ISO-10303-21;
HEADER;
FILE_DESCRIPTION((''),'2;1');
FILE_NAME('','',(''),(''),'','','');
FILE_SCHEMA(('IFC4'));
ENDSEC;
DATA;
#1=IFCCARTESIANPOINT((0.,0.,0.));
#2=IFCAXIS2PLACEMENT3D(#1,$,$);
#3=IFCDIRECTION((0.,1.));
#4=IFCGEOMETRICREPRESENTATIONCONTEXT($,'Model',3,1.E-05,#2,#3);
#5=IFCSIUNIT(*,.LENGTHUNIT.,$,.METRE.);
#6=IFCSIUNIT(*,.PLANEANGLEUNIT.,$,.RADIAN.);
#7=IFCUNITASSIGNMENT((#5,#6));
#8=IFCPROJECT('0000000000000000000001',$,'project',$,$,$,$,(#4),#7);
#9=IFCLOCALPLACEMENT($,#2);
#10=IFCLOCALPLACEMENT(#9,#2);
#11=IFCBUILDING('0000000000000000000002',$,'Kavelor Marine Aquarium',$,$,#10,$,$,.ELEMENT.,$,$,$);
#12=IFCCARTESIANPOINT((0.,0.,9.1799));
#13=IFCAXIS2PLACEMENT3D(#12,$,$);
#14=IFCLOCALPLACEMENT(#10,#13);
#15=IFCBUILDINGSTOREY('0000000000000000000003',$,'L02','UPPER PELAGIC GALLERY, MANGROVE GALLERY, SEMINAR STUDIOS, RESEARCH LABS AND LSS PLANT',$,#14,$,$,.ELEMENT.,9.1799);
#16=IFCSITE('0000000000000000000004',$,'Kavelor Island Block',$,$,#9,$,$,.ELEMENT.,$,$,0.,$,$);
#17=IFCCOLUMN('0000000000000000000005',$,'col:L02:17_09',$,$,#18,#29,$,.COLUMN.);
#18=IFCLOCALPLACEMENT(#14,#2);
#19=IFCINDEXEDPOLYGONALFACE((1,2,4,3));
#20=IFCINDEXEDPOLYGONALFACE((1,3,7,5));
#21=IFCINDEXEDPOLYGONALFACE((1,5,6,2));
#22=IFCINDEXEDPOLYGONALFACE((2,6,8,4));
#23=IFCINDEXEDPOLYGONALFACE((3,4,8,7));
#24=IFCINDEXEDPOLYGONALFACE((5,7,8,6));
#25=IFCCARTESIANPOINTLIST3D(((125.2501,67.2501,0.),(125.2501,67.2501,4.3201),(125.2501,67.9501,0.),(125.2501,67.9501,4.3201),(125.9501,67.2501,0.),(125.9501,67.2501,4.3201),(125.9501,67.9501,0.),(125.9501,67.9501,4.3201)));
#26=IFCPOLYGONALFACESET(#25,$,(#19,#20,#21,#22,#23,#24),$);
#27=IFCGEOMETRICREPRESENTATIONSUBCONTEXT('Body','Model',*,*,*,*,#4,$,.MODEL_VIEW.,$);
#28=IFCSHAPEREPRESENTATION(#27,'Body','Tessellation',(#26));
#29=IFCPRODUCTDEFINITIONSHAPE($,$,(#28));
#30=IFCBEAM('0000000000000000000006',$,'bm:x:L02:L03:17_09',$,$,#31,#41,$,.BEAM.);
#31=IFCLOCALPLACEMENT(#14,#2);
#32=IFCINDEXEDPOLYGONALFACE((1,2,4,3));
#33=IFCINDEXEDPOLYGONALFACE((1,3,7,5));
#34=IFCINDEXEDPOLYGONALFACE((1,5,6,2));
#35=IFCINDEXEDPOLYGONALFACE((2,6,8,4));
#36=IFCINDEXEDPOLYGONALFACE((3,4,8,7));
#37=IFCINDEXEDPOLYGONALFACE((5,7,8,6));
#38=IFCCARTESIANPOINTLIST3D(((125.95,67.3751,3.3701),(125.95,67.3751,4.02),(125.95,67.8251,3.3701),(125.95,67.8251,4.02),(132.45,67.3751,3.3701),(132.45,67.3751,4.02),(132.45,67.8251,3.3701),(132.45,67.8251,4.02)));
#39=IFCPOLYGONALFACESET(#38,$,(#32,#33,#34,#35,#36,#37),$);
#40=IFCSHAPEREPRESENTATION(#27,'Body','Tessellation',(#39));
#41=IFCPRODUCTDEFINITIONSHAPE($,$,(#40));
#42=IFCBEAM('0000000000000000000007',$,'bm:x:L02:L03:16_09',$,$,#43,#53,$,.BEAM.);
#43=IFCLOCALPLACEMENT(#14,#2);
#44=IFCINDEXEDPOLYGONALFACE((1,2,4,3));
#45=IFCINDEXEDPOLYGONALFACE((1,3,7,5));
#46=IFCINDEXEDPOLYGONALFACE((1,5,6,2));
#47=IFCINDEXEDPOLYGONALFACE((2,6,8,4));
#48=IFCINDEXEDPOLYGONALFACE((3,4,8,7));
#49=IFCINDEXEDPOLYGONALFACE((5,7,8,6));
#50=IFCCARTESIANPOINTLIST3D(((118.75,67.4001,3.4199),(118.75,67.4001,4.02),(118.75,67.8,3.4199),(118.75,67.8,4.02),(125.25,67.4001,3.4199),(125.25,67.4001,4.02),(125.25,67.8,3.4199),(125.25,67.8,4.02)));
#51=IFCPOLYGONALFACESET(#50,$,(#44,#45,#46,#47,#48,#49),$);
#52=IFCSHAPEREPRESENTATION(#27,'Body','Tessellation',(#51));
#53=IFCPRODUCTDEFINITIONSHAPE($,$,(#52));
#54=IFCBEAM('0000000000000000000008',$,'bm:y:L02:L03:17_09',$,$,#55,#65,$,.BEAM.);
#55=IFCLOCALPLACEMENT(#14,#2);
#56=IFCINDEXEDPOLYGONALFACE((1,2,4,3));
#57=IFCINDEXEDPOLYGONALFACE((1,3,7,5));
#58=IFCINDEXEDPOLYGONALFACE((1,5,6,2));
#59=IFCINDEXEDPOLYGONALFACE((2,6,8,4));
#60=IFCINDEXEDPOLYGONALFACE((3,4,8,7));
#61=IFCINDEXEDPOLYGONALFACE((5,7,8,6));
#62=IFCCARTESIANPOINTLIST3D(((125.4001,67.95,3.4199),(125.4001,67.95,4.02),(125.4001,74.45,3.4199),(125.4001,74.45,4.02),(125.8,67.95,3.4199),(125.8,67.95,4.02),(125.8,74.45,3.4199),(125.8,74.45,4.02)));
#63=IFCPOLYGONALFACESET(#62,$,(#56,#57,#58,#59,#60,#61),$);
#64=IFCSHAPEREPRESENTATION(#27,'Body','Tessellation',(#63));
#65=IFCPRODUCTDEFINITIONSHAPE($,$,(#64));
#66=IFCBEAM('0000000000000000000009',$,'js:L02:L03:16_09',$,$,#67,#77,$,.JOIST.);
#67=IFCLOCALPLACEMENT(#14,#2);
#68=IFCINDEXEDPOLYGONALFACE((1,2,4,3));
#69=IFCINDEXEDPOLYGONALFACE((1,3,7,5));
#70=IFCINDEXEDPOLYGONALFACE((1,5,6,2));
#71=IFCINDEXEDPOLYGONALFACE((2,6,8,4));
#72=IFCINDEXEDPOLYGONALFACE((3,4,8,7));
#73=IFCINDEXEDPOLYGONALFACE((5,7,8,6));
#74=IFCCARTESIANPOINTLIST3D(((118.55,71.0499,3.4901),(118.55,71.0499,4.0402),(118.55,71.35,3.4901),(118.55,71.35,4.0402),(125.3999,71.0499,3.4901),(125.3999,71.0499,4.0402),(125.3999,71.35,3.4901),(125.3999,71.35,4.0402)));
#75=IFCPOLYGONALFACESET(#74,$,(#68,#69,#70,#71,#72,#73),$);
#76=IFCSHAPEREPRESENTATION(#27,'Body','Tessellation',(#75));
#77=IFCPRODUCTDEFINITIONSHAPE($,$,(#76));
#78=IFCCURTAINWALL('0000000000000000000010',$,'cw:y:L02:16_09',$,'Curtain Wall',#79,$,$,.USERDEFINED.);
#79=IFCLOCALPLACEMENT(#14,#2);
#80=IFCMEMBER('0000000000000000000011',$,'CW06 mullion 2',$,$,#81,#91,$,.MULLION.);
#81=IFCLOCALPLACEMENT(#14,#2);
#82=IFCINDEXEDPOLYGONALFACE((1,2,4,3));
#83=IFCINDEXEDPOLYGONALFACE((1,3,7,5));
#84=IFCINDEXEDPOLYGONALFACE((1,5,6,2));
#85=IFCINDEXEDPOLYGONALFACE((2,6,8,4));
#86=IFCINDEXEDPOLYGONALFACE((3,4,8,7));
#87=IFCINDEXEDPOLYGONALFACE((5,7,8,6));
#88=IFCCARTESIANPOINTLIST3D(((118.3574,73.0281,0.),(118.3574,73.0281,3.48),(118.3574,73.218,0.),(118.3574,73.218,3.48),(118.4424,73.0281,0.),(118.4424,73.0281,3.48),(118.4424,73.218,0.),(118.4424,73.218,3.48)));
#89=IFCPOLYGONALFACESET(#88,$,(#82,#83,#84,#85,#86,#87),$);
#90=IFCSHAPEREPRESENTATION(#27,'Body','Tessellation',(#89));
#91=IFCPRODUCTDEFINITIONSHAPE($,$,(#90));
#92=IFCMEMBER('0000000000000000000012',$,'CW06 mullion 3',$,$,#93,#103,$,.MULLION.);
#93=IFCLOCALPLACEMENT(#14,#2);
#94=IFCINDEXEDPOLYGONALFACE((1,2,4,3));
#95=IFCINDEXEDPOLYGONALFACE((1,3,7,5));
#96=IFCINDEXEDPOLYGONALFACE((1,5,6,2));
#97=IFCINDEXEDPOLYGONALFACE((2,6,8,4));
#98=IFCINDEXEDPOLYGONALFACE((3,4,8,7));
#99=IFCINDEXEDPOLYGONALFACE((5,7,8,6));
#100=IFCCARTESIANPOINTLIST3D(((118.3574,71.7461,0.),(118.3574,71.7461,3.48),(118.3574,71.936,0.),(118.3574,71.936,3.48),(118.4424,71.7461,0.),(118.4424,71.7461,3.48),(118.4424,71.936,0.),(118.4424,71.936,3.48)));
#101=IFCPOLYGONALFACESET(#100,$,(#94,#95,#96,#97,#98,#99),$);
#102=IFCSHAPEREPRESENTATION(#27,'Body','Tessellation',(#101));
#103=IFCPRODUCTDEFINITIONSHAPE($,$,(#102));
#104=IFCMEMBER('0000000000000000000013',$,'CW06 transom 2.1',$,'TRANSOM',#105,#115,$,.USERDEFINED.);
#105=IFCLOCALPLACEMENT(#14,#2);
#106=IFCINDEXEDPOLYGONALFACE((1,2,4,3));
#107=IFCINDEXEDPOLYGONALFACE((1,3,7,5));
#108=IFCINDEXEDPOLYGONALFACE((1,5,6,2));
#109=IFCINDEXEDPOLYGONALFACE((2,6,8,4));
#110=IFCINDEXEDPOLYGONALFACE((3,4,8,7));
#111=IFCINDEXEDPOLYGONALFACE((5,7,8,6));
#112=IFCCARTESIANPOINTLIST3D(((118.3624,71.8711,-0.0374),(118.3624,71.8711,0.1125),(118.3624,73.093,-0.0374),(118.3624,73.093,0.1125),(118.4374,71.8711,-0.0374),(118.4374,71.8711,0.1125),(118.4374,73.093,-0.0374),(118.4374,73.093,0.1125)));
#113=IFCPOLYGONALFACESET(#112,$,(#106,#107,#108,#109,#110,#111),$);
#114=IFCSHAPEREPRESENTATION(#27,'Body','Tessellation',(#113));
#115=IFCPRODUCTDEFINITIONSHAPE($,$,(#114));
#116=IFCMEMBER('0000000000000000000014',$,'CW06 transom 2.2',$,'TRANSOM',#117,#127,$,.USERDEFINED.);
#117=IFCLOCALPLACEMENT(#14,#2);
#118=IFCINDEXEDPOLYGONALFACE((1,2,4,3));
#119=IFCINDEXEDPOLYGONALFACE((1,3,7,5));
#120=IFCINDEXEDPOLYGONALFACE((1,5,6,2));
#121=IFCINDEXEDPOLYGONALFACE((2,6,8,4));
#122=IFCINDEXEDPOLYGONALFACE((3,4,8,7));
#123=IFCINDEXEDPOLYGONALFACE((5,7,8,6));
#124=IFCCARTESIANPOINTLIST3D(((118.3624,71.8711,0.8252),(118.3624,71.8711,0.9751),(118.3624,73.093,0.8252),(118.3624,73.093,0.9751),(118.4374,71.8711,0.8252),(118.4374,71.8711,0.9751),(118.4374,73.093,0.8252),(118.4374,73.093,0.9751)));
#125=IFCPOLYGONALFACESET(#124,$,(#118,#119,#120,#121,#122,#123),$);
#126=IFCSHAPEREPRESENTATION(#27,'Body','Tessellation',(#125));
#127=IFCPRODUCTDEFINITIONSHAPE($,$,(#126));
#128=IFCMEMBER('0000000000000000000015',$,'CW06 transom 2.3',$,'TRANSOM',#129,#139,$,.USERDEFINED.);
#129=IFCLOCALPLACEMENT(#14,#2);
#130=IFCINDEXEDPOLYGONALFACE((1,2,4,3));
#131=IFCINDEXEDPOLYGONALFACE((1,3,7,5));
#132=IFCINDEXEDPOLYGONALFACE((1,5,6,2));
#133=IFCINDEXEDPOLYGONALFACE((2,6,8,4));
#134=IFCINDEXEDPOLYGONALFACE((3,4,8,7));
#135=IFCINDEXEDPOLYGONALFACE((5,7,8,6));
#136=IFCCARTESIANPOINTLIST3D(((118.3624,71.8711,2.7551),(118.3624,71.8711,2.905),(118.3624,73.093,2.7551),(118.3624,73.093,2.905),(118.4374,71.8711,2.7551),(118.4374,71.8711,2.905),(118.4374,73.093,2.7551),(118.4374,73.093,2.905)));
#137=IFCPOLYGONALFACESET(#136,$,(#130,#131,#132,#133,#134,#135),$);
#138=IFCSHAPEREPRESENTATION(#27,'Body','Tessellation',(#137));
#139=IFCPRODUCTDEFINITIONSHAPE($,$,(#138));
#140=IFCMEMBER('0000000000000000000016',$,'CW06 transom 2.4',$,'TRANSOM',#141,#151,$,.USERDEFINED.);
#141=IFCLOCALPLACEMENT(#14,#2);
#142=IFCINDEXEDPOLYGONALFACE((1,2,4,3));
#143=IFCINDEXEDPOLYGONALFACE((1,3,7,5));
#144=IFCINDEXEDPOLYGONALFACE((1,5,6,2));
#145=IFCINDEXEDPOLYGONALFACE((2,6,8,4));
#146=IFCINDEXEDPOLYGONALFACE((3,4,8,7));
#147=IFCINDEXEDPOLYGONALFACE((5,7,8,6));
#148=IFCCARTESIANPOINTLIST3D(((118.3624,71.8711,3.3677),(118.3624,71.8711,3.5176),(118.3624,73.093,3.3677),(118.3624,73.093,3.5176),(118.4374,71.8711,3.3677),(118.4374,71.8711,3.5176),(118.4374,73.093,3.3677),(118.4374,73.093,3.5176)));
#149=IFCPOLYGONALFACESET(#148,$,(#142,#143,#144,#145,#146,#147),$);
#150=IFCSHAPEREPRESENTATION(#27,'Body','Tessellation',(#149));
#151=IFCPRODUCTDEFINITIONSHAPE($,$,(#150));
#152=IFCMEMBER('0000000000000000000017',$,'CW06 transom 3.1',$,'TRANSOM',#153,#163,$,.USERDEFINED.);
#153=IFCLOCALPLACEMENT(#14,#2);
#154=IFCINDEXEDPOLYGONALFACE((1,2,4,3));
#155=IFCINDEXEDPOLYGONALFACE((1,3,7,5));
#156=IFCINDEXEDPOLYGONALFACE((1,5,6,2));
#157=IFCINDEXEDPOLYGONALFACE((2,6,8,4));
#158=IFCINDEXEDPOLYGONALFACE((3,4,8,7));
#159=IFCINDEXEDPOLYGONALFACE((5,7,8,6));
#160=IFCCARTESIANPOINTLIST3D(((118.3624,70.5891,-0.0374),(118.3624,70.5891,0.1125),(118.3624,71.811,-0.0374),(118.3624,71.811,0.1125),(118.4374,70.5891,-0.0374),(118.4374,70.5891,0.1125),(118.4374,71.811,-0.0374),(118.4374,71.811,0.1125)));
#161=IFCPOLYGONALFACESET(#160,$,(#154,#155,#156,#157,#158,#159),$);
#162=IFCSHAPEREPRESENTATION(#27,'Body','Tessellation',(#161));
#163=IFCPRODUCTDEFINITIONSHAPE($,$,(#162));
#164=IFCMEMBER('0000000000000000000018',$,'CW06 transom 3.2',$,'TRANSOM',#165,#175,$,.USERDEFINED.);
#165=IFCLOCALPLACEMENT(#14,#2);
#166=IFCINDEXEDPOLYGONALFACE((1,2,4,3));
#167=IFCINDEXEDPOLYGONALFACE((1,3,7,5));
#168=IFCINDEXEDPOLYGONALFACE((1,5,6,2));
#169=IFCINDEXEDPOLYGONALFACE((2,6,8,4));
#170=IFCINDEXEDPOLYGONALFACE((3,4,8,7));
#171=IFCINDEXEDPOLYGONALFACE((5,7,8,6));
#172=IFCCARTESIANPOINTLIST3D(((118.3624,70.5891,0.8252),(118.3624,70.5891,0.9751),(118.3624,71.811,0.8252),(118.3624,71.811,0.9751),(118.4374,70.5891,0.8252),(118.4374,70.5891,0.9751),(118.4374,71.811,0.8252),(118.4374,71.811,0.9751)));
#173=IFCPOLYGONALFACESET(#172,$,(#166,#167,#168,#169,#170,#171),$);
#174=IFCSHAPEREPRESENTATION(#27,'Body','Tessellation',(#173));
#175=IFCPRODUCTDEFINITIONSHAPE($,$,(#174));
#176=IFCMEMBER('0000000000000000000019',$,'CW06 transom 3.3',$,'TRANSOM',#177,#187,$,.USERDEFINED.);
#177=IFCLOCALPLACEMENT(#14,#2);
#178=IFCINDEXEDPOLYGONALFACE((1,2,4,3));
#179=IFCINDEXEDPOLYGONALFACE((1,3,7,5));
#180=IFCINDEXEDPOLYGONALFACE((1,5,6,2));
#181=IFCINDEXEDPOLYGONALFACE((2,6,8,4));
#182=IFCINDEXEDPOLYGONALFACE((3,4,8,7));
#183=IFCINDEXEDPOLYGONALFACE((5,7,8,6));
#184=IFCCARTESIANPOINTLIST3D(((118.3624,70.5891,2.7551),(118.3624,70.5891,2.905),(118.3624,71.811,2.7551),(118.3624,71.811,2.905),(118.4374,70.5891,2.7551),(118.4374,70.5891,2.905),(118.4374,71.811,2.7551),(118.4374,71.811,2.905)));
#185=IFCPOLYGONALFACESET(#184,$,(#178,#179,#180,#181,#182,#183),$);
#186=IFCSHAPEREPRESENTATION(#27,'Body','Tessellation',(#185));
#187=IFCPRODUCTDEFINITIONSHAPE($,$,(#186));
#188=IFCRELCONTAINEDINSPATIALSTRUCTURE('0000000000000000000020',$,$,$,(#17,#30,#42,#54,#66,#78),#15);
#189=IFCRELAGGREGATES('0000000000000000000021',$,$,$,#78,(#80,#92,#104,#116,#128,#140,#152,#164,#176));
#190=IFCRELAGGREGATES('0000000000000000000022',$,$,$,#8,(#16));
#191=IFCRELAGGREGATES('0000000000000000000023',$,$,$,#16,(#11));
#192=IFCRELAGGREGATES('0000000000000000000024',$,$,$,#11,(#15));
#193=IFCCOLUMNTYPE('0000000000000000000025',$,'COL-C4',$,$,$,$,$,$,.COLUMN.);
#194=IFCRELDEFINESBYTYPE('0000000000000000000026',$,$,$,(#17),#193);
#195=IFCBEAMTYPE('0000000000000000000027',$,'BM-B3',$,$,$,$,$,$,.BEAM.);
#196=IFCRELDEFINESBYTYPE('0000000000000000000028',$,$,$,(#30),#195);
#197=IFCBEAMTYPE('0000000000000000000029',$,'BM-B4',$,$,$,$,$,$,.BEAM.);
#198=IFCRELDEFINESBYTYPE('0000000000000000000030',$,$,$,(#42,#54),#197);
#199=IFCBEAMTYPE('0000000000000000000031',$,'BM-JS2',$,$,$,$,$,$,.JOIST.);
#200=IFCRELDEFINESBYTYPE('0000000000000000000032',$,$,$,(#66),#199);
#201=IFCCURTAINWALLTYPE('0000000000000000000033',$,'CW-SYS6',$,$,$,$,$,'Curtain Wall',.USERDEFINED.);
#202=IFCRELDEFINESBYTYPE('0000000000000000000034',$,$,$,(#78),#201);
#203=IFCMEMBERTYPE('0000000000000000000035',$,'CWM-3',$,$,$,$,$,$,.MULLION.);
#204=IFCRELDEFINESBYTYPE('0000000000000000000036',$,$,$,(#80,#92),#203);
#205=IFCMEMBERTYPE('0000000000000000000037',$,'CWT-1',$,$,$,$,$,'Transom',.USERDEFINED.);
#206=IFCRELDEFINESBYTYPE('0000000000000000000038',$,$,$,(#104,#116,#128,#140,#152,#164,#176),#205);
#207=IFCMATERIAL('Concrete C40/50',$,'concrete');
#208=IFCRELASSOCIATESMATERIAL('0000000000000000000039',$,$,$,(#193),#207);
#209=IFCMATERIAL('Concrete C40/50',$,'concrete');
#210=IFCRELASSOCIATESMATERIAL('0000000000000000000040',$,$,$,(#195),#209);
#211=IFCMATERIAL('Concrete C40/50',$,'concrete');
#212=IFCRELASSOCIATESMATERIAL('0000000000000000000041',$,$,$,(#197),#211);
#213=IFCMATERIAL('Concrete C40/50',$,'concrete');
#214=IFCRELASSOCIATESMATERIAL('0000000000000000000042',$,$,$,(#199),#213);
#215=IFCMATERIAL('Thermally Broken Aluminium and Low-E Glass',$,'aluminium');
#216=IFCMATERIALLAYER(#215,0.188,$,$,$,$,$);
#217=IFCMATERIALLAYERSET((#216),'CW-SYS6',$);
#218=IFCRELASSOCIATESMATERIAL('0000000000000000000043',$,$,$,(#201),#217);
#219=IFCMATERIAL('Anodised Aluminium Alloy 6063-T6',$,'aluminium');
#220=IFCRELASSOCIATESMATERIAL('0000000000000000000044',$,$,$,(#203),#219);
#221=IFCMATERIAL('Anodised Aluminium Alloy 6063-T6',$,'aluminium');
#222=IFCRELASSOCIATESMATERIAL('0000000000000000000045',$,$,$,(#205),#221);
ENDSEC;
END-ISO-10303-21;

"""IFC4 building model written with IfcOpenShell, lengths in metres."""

from ifc_helpers import new_model, si_unit, direction, frame, origin, origin_2d, place, context, subcontext, project, spatial, rectangle, extrude, material, layer, layer_set, material_profile, profile_set, type_object, element, aggregate, save


model = new_model("IFC4")

# Units and contexts
model_context = context("Model", 3, precision=1e-05, world=origin(), true_north=direction((0.0, 1.0)))
body_context = subcontext(model_context, "Body", "Model", "MODEL_VIEW")
ifc_project = project(units=[si_unit("LENGTHUNIT", "METRE"), si_unit("PLANEANGLEUNIT", "RADIAN")], contexts=[model_context])

# Site, building, storey
site_placement = place(None, origin())
site = spatial("IfcSite", under=ifc_project, at=site_placement, Name="Kavelor Island Block", CompositionType="ELEMENT", RefElevation=0.0)
building_placement = place(site_placement, origin())
building = spatial("IfcBuilding", under=site, at=building_placement, Name="Kavelor Marine Aquarium", CompositionType="ELEMENT")
storey_placement = place(building_placement, frame((0.0, 0.0, 9.1799)))
storey = spatial("IfcBuildingStorey", under=building, at=storey_placement, Name="L02", Description="UPPER PELAGIC GALLERY, MANGROVE GALLERY, SEMINAR STUDIOS, RESEARCH LABS AND LSS PLANT", CompositionType="ELEMENT", Elevation=9.1799)

# Column
ifc_material_1 = material(Name="Concrete C40/50", Category="concrete")
ifc_material_profile_1 = material_profile(ifc_material_1, rectangle(XDim=0.7, YDim=0.7, at=origin_2d()), Name="RC-COL 700x700")
ifc_profile_set_1 = profile_set([ifc_material_profile_1], Name="Concrete C40/50")
column_type = type_object("IfcColumnType", Name="COL-C4", PredefinedType="COLUMN", material=ifc_profile_set_1)
column_placement = place(storey_placement, frame((125.6001, 67.6001, 0.0), z_axis=(0.0, 0.0, 1.0), x_axis=(1.0, 0.0, 0.0)))
element("IfcColumn", 1, at=column_placement, inside=storey, type_object=column_type, Name="col:L02:17_09", PredefinedType="COLUMN", context=body_context, shape_type="SweptSolid", body=[
    extrude(rectangle(XDim=0.7, YDim=0.7, at=origin_2d()), origin(), (0.0, 0.0, 1.0), 4.3201),
])

# Beams
ifc_material_2 = material(Name="Concrete C40/50", Category="concrete")
ifc_material_profile_2 = material_profile(ifc_material_2, rectangle(XDim=0.45, YDim=0.6499, at=origin_2d()), Name="RC-BM 450x650")
ifc_profile_set_2 = profile_set([ifc_material_profile_2], Name="Concrete C40/50")
beam_type_1 = type_object("IfcBeamType", Name="BM-B3", PredefinedType="BEAM", material=ifc_profile_set_2)
beam_1_placement = place(storey_placement, frame((125.95, 67.6001, 3.6951), z_axis=(1.0, 0.0, 0.0), x_axis=(0.0, 1.0, 0.0)))
element("IfcBeam", 2, at=beam_1_placement, inside=storey, type_object=beam_type_1, Name="bm:x:L02:L03:17_09", PredefinedType="BEAM", context=body_context, shape_type="SweptSolid", body=[
    extrude(rectangle(XDim=0.45, YDim=0.6499, at=origin_2d()), origin(), (0.0, 0.0, 1.0), 6.5),
])
ifc_material_3 = material(Name="Concrete C40/50", Category="concrete")
ifc_material_profile_3 = material_profile(ifc_material_3, rectangle(XDim=0.3999, YDim=0.6001, at=origin_2d()), Name="RC-BM 400x600")
ifc_profile_set_3 = profile_set([ifc_material_profile_3], Name="Concrete C40/50")
beam_type_2 = type_object("IfcBeamType", Name="BM-B4", PredefinedType="BEAM", material=ifc_profile_set_3)
for number, where, z_axis, x_axis, name in (
    (3, (118.75, 67.6001, 3.72), (1.0, 0.0, 0.0), (0.0, 1.0, 0.0), "bm:x:L02:L03:16_09"),
    (4, (125.6001, 67.95, 3.72), (0.0, 1.0, 0.0), (-1.0, 0.0, 0.0), "bm:y:L02:L03:17_09"),
):
    element("IfcBeam", number, at=place(storey_placement, frame(where, z_axis=z_axis, x_axis=x_axis)), inside=storey, type_object=beam_type_2, Name=name, PredefinedType="BEAM", context=body_context, shape_type="SweptSolid", body=[
        extrude(rectangle(XDim=0.3999, YDim=0.6001, at=origin_2d()), origin(), (0.0, 0.0, 1.0), 6.5),
    ])
ifc_material_4 = material(Name="Concrete C40/50", Category="concrete")
ifc_material_profile_4 = material_profile(ifc_material_4, rectangle(XDim=0.3, YDim=0.55, at=origin_2d()), Name="RC-JS 300x550")
ifc_profile_set_4 = profile_set([ifc_material_profile_4], Name="Concrete C40/50")
beam_type_3 = type_object("IfcBeamType", Name="BM-JS2", PredefinedType="JOIST", material=ifc_profile_set_4)
beam_2_placement = place(storey_placement, frame((118.55, 71.2, 3.7651), z_axis=(1.0, 0.0, 0.0), x_axis=(0.0, 1.0, 0.0)))
element("IfcBeam", 5, at=beam_2_placement, inside=storey, type_object=beam_type_3, Name="js:L02:L03:16_09", PredefinedType="JOIST", context=body_context, shape_type="SweptSolid", body=[
    extrude(rectangle(XDim=0.3, YDim=0.55, at=origin_2d()), origin(), (0.0, 0.0, 1.0), 6.8499),
])

# Curtain wall, members
ifc_material_5 = material(Name="Thermally Broken Aluminium and Low-E Glass", Category="aluminium")
ifc_layer_1 = layer(ifc_material_5, 0.188)
ifc_layer_set_1 = layer_set([ifc_layer_1], Name="CW-SYS6")
curtain_wall_type = type_object("IfcCurtainWallType", Name="CW-SYS6", ElementType="Curtain Wall", PredefinedType="USERDEFINED", material=ifc_layer_set_1)
curtain_wall_placement = place(storey_placement, origin())
curtain_wall = element("IfcCurtainWall", 6, at=curtain_wall_placement, inside=storey, type_object=curtain_wall_type, Name="cw:y:L02:16_09", ObjectType="Curtain Wall", PredefinedType="USERDEFINED")
ifc_material_6 = material(Name="Anodised Aluminium Alloy 6063-T6", Category="aluminium")
ifc_material_profile_5 = material_profile(ifc_material_6, rectangle(XDim=0.085, YDim=0.1899, at=origin_2d()), Name="CW-MUL 85x190")
ifc_profile_set_5 = profile_set([ifc_material_profile_5], Name="Anodised Aluminium Alloy 6063-T6")
member_type_1 = type_object("IfcMemberType", Name="CWM-3", PredefinedType="MULLION", material=ifc_profile_set_5)
member_1_placement = place(storey_placement, frame((118.3999, 73.123, 0.0), z_axis=(0.0, 0.0, 1.0), x_axis=(1.0, 0.0, 0.0)))
member_1 = element("IfcMember", 7, at=member_1_placement, type_object=member_type_1, Name="CW06 mullion 2", PredefinedType="MULLION", context=body_context, shape_type="SweptSolid", body=[
    extrude(rectangle(XDim=0.085, YDim=0.1899, at=origin_2d()), origin(), (0.0, 0.0, 1.0), 3.48),
])
member_2_placement = place(storey_placement, frame((118.3999, 71.8411, 0.0), z_axis=(0.0, 0.0, 1.0), x_axis=(1.0, 0.0, 0.0)))
member_2 = element("IfcMember", 8, at=member_2_placement, type_object=member_type_1, Name="CW06 mullion 3", PredefinedType="MULLION", context=body_context, shape_type="SweptSolid", body=[
    extrude(rectangle(XDim=0.085, YDim=0.1899, at=origin_2d()), origin(), (0.0, 0.0, 1.0), 3.48),
])
ifc_material_7 = material(Name="Anodised Aluminium Alloy 6063-T6", Category="aluminium")
ifc_material_profile_6 = material_profile(ifc_material_7, rectangle(XDim=0.075, YDim=0.1499, at=origin_2d()), Name="CW-TRN 75x150")
ifc_profile_set_6 = profile_set([ifc_material_profile_6], Name="Anodised Aluminium Alloy 6063-T6")
member_type_2 = type_object("IfcMemberType", Name="CWT-1", ElementType="Transom", PredefinedType="USERDEFINED", material=ifc_profile_set_6)
member_3_placement = place(storey_placement, frame((118.3999, 73.093, 0.0376), z_axis=(0.0, -1.0, 0.0), x_axis=(1.0, 0.0, 0.0)))
member_3 = element("IfcMember", 9, at=member_3_placement, type_object=member_type_2, Name="CW06 transom 2.1", ObjectType="TRANSOM", PredefinedType="USERDEFINED", context=body_context, shape_type="SweptSolid", body=[
    extrude(rectangle(XDim=0.075, YDim=0.1499, at=origin_2d()), origin(), (0.0, 0.0, 1.0), 1.2219),
])
member_4_placement = place(storey_placement, frame((118.3999, 73.093, 0.9001), z_axis=(0.0, -1.0, 0.0), x_axis=(1.0, 0.0, 0.0)))
member_4 = element("IfcMember", 10, at=member_4_placement, type_object=member_type_2, Name="CW06 transom 2.2", ObjectType="TRANSOM", PredefinedType="USERDEFINED", context=body_context, shape_type="SweptSolid", body=[
    extrude(rectangle(XDim=0.075, YDim=0.1499, at=origin_2d()), origin(), (0.0, 0.0, 1.0), 1.2219),
])
member_5_placement = place(storey_placement, frame((118.3999, 73.093, 2.8301), z_axis=(0.0, -1.0, 0.0), x_axis=(1.0, 0.0, 0.0)))
member_5 = element("IfcMember", 11, at=member_5_placement, type_object=member_type_2, Name="CW06 transom 2.3", ObjectType="TRANSOM", PredefinedType="USERDEFINED", context=body_context, shape_type="SweptSolid", body=[
    extrude(rectangle(XDim=0.075, YDim=0.1499, at=origin_2d()), origin(), (0.0, 0.0, 1.0), 1.2219),
])
member_6_placement = place(storey_placement, frame((118.3999, 73.093, 3.4426), z_axis=(0.0, -1.0, 0.0), x_axis=(1.0, 0.0, 0.0)))
member_6 = element("IfcMember", 12, at=member_6_placement, type_object=member_type_2, Name="CW06 transom 2.4", ObjectType="TRANSOM", PredefinedType="USERDEFINED", context=body_context, shape_type="SweptSolid", body=[
    extrude(rectangle(XDim=0.075, YDim=0.1499, at=origin_2d()), origin(), (0.0, 0.0, 1.0), 1.2219),
])
member_7_placement = place(storey_placement, frame((118.3999, 71.811, 0.0376), z_axis=(0.0, -1.0, 0.0), x_axis=(1.0, 0.0, 0.0)))
member_7 = element("IfcMember", 13, at=member_7_placement, type_object=member_type_2, Name="CW06 transom 3.1", ObjectType="TRANSOM", PredefinedType="USERDEFINED", context=body_context, shape_type="SweptSolid", body=[
    extrude(rectangle(XDim=0.075, YDim=0.1499, at=origin_2d()), origin(), (0.0, 0.0, 1.0), 1.2219),
])
member_8_placement = place(storey_placement, frame((118.3999, 71.811, 0.9001), z_axis=(0.0, -1.0, 0.0), x_axis=(1.0, 0.0, 0.0)))
member_8 = element("IfcMember", 14, at=member_8_placement, type_object=member_type_2, Name="CW06 transom 3.2", ObjectType="TRANSOM", PredefinedType="USERDEFINED", context=body_context, shape_type="SweptSolid", body=[
    extrude(rectangle(XDim=0.075, YDim=0.1499, at=origin_2d()), origin(), (0.0, 0.0, 1.0), 1.2219),
])
member_9_placement = place(storey_placement, frame((118.3999, 71.811, 2.8301), z_axis=(0.0, -1.0, 0.0), x_axis=(1.0, 0.0, 0.0)))
member_9 = element("IfcMember", 15, at=member_9_placement, type_object=member_type_2, Name="CW06 transom 3.3", ObjectType="TRANSOM", PredefinedType="USERDEFINED", context=body_context, shape_type="SweptSolid", body=[
    extrude(rectangle(XDim=0.075, YDim=0.1499, at=origin_2d()), origin(), (0.0, 0.0, 1.0), 1.2219),
])

aggregate(curtain_wall, [member_1, member_2, member_3, member_4, member_5, member_6, member_7, member_8, member_9])

save(model, "model.ifc")
